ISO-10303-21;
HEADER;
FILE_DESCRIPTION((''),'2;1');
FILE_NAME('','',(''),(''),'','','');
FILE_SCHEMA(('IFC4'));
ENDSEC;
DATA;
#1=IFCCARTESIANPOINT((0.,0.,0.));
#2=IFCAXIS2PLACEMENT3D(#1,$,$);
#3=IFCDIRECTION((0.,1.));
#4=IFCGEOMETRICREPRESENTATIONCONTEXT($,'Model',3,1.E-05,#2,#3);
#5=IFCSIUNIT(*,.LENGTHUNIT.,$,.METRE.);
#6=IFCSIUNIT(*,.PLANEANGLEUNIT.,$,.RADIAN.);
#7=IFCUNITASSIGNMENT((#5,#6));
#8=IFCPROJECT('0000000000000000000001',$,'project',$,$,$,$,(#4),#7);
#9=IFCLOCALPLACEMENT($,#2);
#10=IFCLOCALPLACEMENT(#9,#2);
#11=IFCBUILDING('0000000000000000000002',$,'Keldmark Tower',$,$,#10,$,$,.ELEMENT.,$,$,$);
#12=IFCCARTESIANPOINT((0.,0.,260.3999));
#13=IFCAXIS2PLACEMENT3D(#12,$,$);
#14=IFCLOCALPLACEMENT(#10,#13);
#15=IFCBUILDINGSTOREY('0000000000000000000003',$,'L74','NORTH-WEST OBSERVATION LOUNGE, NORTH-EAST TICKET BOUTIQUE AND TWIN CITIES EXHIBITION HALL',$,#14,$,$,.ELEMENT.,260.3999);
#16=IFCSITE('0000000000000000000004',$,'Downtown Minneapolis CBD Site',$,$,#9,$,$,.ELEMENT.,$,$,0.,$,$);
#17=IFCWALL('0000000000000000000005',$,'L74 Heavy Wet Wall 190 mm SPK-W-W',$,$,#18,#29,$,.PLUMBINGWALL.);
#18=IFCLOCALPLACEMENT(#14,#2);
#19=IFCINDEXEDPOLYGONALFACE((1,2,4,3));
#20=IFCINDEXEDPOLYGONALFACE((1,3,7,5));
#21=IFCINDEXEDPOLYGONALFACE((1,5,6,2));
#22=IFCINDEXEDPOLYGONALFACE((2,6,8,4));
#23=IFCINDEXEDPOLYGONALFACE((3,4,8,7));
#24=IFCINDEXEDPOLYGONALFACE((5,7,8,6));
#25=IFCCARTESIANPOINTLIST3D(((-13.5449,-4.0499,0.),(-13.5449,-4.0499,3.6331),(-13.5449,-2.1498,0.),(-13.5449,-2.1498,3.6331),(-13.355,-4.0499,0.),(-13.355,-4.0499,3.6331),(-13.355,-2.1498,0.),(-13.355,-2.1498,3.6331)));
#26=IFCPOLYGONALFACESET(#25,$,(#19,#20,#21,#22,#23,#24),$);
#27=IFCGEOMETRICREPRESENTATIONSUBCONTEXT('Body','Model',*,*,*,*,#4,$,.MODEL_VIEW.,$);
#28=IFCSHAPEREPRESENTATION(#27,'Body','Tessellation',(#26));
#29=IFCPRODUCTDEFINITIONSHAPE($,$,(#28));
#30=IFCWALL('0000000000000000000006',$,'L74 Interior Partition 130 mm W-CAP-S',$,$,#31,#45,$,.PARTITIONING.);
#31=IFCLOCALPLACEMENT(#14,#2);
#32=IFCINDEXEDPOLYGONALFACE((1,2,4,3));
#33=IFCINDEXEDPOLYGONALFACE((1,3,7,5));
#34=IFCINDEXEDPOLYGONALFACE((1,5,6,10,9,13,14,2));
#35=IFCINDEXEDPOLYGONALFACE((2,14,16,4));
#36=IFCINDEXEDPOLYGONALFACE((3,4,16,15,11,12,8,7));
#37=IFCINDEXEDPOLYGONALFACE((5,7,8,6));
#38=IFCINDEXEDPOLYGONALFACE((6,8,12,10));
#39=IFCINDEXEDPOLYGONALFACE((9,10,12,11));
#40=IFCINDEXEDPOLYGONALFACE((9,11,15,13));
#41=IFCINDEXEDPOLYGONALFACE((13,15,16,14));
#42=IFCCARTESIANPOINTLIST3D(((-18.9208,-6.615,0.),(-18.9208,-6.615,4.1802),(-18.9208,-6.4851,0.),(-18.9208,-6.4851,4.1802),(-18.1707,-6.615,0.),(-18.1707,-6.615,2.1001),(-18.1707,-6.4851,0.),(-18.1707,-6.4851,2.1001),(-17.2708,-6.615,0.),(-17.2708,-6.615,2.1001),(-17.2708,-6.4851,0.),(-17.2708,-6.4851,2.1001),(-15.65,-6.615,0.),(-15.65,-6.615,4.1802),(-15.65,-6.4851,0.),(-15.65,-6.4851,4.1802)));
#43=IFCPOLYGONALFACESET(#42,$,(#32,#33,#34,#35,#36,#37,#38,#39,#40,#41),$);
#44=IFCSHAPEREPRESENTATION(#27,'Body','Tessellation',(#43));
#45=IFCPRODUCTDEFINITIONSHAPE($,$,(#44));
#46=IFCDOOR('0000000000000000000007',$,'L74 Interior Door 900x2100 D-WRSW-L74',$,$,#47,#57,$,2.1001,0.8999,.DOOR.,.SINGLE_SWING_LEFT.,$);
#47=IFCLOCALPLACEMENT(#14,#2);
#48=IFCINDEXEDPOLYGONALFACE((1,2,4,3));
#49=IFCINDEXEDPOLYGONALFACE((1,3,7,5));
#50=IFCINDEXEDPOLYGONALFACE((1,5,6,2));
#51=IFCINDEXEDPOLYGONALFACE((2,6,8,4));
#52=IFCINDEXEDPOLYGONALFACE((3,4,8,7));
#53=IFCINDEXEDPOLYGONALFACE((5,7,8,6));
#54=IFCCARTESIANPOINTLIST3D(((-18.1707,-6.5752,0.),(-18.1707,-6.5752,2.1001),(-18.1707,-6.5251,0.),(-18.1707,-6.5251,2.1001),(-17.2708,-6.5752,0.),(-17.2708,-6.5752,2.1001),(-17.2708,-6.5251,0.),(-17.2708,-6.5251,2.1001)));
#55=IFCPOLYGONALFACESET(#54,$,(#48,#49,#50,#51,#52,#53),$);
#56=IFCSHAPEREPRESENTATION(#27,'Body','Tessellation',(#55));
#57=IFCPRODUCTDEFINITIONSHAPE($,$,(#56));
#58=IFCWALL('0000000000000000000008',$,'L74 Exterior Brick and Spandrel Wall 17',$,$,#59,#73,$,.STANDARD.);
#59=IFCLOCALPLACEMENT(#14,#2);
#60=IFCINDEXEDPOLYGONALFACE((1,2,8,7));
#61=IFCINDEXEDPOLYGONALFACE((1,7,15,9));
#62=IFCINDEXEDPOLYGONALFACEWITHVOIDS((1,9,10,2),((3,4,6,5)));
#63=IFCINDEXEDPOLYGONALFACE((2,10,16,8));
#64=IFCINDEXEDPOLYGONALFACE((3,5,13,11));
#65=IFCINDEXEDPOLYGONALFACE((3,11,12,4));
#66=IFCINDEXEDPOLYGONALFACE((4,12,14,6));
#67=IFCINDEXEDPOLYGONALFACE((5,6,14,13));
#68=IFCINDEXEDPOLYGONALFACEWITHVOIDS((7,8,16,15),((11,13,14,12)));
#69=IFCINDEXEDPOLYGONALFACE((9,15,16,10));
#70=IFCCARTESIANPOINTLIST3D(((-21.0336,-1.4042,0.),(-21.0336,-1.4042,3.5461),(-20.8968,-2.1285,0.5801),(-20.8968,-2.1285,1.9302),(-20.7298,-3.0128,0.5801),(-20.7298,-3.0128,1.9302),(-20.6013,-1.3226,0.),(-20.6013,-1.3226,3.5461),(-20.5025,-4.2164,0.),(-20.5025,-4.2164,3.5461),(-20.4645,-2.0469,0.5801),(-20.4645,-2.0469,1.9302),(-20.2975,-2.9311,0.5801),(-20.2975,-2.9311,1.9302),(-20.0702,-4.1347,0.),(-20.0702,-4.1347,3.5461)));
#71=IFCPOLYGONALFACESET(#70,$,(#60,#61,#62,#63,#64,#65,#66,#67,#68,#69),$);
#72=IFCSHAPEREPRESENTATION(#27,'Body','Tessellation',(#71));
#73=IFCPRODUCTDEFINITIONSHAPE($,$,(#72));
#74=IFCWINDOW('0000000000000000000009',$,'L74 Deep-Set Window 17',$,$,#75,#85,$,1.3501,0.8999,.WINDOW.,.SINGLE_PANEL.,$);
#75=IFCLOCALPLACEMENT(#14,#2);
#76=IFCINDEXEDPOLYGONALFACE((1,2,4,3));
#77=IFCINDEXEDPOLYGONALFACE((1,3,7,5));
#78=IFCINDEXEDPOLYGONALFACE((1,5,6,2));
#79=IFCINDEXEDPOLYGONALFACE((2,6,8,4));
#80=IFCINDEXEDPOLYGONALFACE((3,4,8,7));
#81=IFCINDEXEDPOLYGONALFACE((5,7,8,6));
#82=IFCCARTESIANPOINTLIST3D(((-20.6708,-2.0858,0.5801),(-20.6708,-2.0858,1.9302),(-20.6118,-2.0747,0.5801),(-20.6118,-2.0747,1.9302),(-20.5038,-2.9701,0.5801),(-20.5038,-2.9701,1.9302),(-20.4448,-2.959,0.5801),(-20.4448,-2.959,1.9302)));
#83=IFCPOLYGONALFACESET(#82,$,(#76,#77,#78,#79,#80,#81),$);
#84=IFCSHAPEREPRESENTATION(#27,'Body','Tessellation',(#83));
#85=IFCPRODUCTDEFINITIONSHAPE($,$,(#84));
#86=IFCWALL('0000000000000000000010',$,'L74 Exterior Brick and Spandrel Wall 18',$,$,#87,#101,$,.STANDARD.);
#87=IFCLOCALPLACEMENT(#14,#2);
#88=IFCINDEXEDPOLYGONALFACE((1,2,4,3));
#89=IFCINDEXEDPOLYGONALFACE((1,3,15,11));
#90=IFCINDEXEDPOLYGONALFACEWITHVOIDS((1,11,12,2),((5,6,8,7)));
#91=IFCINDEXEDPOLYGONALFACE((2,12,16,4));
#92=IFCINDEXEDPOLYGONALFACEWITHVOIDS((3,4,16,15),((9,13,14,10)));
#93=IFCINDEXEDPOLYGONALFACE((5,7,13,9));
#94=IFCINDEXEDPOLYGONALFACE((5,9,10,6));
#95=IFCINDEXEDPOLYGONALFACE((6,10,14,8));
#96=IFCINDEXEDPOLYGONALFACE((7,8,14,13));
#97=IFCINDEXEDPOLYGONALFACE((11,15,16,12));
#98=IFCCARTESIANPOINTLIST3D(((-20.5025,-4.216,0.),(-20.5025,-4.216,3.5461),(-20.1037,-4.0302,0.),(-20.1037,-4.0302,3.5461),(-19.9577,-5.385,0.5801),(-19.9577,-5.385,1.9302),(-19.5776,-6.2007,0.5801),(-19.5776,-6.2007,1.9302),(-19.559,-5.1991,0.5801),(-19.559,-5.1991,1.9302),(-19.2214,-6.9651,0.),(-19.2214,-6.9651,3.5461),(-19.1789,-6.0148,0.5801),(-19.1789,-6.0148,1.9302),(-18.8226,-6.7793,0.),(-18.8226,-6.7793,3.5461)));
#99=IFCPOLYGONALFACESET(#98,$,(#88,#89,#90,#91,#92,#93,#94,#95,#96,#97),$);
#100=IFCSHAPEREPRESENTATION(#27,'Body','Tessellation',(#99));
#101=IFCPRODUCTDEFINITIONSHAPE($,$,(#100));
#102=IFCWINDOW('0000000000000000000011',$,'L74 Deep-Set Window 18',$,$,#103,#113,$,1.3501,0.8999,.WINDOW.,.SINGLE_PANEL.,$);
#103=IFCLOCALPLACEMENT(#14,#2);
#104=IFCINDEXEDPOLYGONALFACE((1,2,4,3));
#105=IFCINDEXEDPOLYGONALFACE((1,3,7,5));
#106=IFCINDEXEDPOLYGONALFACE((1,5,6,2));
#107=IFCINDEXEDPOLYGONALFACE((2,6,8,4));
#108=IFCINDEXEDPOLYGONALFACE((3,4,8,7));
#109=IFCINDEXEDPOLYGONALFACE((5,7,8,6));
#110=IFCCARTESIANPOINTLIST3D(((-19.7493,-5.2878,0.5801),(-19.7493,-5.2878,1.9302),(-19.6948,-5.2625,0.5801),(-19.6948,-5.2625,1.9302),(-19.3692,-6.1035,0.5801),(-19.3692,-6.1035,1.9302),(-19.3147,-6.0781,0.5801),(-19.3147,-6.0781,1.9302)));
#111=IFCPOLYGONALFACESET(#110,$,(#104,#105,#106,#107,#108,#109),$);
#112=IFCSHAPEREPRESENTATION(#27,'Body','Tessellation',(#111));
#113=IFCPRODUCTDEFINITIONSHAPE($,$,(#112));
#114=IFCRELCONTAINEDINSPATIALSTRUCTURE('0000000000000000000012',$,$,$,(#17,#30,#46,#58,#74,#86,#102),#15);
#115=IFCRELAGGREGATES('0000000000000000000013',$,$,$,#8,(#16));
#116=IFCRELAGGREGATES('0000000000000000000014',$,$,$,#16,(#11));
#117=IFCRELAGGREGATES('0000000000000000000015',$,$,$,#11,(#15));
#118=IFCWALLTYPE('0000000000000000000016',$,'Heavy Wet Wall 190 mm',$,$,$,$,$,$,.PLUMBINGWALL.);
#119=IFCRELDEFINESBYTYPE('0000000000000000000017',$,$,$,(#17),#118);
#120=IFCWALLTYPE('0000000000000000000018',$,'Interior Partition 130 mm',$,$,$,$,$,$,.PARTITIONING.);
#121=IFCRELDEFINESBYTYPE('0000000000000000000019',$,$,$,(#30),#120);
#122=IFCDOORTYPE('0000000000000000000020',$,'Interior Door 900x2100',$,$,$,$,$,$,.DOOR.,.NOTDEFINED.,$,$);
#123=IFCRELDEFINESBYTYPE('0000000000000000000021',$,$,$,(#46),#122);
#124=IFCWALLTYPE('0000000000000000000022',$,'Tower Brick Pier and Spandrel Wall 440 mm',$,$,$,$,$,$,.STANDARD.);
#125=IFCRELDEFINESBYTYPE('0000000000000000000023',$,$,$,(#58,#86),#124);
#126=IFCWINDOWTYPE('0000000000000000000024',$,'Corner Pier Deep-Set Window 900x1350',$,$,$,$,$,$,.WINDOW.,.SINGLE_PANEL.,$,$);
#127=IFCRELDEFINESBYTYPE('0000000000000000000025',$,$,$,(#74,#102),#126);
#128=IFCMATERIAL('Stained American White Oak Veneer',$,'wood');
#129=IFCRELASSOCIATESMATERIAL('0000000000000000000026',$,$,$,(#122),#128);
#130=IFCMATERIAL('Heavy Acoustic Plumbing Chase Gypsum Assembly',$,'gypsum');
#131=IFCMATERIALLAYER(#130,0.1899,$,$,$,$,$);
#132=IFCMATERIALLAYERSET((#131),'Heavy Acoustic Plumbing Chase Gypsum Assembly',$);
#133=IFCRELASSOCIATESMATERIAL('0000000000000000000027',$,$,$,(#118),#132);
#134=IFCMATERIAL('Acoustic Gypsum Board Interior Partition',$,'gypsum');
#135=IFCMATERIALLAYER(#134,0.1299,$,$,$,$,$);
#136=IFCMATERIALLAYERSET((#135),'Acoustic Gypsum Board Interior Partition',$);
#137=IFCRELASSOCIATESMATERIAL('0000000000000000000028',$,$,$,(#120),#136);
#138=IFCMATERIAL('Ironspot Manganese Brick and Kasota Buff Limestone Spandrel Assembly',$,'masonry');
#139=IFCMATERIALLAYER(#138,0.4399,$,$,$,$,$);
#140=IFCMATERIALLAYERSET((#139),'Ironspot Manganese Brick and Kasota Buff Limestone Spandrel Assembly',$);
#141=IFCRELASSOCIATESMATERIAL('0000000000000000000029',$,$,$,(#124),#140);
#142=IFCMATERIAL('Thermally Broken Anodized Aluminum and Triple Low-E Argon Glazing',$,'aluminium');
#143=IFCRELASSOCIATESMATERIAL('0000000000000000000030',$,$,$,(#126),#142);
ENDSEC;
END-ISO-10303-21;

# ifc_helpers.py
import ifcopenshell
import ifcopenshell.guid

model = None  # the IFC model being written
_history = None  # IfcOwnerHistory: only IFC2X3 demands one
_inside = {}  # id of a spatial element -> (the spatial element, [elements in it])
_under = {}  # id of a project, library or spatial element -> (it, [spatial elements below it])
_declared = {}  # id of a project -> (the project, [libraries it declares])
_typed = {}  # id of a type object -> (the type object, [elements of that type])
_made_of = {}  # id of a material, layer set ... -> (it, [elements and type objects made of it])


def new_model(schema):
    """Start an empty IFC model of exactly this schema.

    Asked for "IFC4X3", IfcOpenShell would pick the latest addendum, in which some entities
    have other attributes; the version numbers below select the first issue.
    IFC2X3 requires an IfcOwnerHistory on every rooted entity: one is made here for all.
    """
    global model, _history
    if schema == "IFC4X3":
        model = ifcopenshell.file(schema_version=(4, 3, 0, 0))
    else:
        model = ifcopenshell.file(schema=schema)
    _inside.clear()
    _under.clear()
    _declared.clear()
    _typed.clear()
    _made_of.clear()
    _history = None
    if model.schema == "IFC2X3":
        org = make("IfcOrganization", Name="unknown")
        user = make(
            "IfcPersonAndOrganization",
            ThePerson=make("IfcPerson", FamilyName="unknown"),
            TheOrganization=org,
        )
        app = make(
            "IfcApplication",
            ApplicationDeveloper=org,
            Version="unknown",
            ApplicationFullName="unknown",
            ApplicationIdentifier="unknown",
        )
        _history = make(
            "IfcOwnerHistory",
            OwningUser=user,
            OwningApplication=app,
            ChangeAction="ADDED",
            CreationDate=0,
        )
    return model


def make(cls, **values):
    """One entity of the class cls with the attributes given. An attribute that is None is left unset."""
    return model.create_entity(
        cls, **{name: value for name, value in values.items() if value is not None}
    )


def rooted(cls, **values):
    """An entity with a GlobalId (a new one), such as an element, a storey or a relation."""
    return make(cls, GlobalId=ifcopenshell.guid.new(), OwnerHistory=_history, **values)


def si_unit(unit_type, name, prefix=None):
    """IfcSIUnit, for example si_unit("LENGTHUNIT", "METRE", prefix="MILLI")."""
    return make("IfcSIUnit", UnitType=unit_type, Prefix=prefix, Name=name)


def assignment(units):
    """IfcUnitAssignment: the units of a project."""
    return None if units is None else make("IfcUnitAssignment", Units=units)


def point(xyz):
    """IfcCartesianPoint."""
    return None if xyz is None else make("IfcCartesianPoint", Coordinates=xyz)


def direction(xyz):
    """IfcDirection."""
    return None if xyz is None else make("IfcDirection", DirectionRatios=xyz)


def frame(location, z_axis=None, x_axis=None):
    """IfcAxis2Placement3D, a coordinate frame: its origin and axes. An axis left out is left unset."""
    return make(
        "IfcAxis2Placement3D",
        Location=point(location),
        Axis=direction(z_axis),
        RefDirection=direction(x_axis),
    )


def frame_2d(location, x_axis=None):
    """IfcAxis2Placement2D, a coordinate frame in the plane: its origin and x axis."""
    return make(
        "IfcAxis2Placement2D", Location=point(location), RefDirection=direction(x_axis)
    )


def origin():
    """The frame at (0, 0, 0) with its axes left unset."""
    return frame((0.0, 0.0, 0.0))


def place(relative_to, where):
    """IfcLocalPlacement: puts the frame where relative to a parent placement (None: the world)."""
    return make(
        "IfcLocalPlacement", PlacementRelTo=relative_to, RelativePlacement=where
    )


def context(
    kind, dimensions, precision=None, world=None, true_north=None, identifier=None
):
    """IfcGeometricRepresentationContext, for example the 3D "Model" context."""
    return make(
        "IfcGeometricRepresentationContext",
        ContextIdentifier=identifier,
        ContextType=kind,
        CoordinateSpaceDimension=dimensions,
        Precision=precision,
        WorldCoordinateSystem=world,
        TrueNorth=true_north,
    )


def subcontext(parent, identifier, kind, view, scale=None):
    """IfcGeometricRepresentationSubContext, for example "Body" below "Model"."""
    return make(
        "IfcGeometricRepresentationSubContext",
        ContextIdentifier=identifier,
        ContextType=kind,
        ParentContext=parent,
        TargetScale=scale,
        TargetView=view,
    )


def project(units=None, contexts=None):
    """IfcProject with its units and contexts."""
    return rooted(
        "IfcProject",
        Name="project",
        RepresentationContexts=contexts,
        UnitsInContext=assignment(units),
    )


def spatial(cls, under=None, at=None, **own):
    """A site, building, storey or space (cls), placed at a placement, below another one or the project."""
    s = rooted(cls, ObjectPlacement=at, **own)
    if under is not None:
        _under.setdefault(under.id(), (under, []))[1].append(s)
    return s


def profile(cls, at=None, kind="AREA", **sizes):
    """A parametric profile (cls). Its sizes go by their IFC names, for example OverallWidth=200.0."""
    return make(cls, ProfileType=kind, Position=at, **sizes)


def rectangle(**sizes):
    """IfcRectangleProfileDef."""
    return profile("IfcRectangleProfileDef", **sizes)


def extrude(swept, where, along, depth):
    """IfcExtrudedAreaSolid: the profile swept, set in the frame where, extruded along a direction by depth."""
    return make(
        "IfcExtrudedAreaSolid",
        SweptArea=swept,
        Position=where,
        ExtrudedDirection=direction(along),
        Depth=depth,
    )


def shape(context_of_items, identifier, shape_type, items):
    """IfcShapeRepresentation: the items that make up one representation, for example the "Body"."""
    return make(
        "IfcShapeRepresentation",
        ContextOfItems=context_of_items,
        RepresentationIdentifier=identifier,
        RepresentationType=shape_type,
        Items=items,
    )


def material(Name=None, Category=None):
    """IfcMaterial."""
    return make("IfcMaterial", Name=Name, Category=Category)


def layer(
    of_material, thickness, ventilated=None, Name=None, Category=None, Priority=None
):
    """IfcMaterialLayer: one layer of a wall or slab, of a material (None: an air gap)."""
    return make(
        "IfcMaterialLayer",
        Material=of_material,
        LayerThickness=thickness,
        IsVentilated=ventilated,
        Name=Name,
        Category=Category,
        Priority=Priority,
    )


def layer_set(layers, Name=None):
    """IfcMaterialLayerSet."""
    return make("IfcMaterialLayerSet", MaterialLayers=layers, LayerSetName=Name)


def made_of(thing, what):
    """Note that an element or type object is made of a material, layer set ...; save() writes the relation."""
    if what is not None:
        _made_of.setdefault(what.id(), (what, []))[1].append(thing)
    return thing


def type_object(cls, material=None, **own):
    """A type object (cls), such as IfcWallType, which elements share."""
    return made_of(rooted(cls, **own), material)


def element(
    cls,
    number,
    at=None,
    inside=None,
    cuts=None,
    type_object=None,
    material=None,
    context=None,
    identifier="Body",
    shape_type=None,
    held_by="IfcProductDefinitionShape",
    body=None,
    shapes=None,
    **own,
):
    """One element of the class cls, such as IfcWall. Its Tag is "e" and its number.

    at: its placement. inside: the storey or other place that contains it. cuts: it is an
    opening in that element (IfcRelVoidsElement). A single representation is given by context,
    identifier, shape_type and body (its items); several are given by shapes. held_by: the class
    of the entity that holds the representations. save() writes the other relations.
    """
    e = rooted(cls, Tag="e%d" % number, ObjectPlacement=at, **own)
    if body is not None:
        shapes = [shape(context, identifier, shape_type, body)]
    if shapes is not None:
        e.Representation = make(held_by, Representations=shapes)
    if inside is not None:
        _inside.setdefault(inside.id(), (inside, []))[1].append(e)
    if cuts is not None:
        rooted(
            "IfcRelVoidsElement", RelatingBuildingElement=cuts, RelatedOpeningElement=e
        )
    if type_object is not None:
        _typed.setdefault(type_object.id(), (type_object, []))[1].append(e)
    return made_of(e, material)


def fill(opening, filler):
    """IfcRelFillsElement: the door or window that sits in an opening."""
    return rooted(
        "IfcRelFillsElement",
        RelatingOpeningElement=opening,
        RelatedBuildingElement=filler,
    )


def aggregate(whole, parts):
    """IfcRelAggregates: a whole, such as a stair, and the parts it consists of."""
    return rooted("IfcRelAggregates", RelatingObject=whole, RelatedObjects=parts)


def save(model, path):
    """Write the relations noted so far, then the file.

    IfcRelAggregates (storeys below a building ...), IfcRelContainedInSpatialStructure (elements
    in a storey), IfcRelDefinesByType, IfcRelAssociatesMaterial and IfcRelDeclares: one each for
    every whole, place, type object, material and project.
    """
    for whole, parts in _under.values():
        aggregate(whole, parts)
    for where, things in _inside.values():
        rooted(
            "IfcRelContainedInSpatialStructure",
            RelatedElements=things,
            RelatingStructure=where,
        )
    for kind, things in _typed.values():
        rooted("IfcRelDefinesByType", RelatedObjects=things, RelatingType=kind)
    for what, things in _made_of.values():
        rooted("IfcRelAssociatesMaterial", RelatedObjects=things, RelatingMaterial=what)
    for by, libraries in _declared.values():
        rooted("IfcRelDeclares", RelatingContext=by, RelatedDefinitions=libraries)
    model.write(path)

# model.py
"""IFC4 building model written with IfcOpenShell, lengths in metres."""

from ifc_helpers import new_model, si_unit, direction, frame, frame_2d, origin, place, context, subcontext, project, spatial, rectangle, extrude, material, layer, layer_set, type_object, element, fill, save


model = new_model("IFC4")

# Units and contexts
model_context = context("Model", 3, precision=1e-05, world=origin(), true_north=direction((0.0, 1.0)))
body_context = subcontext(model_context, "Body", "Model", "MODEL_VIEW")
ifc_project = project(units=[si_unit("LENGTHUNIT", "METRE"), si_unit("PLANEANGLEUNIT", "RADIAN")], contexts=[model_context])

# Site, building, storey
site_placement = place(None, origin())
site = spatial("IfcSite", under=ifc_project, at=site_placement, Name="Downtown Minneapolis CBD Site", CompositionType="ELEMENT", RefElevation=0.0)
building_placement = place(site_placement, origin())
building = spatial("IfcBuilding", under=site, at=building_placement, Name="Keldmark Tower", CompositionType="ELEMENT")
storey_placement = place(building_placement, frame((0.0, 0.0, 260.3999)))
storey = spatial("IfcBuildingStorey", under=building, at=storey_placement, Name="L74", Description="NORTH-WEST OBSERVATION LOUNGE, NORTH-EAST TICKET BOUTIQUE AND TWIN CITIES EXHIBITION HALL", CompositionType="ELEMENT", Elevation=260.3999)

# Shared definitions
ifc_material_1 = material(Name="Stained American White Oak Veneer", Category="wood")
door_type_1 = type_object("IfcDoorType", Name="Interior Door 900x2100", OperationType="NOTDEFINED", PredefinedType="DOOR", material=ifc_material_1)
ifc_material_2 = material(Name="Heavy Acoustic Plumbing Chase Gypsum Assembly", Category="gypsum")
ifc_layer_1 = layer(ifc_material_2, 0.1899)
ifc_layer_set_1 = layer_set([ifc_layer_1], Name="Heavy Acoustic Plumbing Chase Gypsum Assembly")
wall_type_1 = type_object("IfcWallType", Name="Heavy Wet Wall 190 mm", PredefinedType="PLUMBINGWALL", material=ifc_layer_set_1)

# Wall
wall_1_placement = place(storey_placement, frame((-13.45, -4.05, 0.0), z_axis=(0.0, 0.0, 1.0), x_axis=(0.0, 1.0, 0.0)))
element("IfcWall", 1, at=wall_1_placement, inside=storey, type_object=wall_type_1, Name="L74 Heavy Wet Wall 190 mm SPK-W-W", PredefinedType="PLUMBINGWALL", context=body_context, shape_type="SweptSolid", body=[
    extrude(rectangle(XDim=1.9001, YDim=0.1899, at=frame_2d((0.9502, 0.0))), origin(), (0.0, 0.0, 1.0), 3.6331),
])

# Wall, opening, door
ifc_material_3 = material(Name="Acoustic Gypsum Board Interior Partition", Category="gypsum")
ifc_layer_2 = layer(ifc_material_3, 0.1299)
ifc_layer_set_2 = layer_set([ifc_layer_2], Name="Acoustic Gypsum Board Interior Partition")
wall_type_2 = type_object("IfcWallType", Name="Interior Partition 130 mm", PredefinedType="PARTITIONING", material=ifc_layer_set_2)
wall_2_placement = place(storey_placement, frame((-18.9207, -6.55, 0.0), z_axis=(0.0, 0.0, 1.0), x_axis=(1.0, 0.0, 0.0)))
wall_2 = element("IfcWall", 2, at=wall_2_placement, inside=storey, type_object=wall_type_2, Name="L74 Interior Partition 130 mm W-CAP-S", PredefinedType="PARTITIONING", context=body_context, shape_type="SweptSolid", body=[
    extrude(rectangle(XDim=3.2708, YDim=0.1299, at=frame_2d((1.6353, 0.0))), origin(), (0.0, 0.0, 1.0), 4.1802),
])
opening_1_placement = place(wall_2_placement, frame((0.75, 0.0, 0.0)))
opening_1 = element("IfcOpeningElement", 3, at=opening_1_placement, cuts=wall_2, PredefinedType="OPENING", context=body_context, shape_type="SweptSolid", body=[
    extrude(rectangle(XDim=0.8999, YDim=2.1001, at=frame_2d((0.45, 1.05))), frame((0.0, 0.075, 0.0), z_axis=(0.0, -1.0, 0.0), x_axis=(1.0, 0.0, 0.0)), (0.0, 0.0, 1.0), 0.1499),
])
door_1_placement = place(opening_1_placement, origin())
door_1 = element("IfcDoor", 4, at=door_1_placement, inside=storey, type_object=door_type_1, Name="L74 Interior Door 900x2100 D-WRSW-L74", OperationType="SINGLE_SWING_LEFT", OverallHeight=2.1001, OverallWidth=0.8999, PredefinedType="DOOR", context=body_context, shape_type="SweptSolid", body=[
    extrude(rectangle(XDim=0.8999, YDim=2.1001, at=frame_2d((0.45, 1.05))), frame((0.0, 0.0249, 0.0), z_axis=(0.0, -1.0, 0.0), x_axis=(1.0, 0.0, 0.0)), (0.0, 0.0, 1.0), 0.05),
])
fill(opening_1, door_1)

# Walls, openings, windows
ifc_material_4 = material(Name="Ironspot Manganese Brick and Kasota Buff Limestone Spandrel Assembly", Category="masonry")
ifc_layer_3 = layer(ifc_material_4, 0.4399)
ifc_layer_set_3 = layer_set([ifc_layer_3], Name="Ironspot Manganese Brick and Kasota Buff Limestone Spandrel Assembly")
wall_type_3 = type_object("IfcWallType", Name="Tower Brick Pier and Spandrel Wall 440 mm", PredefinedType="STANDARD", material=ifc_layer_set_3)
wall_3_placement = place(storey_placement, frame((-20.2864, -4.1755, 0.0), z_axis=(0.0, 0.0, 1.0), x_axis=(-0.185556, 0.982634, 0.0)))
wall_3 = element("IfcWall", 5, at=wall_3_placement, inside=storey, type_object=wall_type_3, Name="L74 Exterior Brick and Spandrel Wall 17", PredefinedType="STANDARD", context=body_context, shape_type="SweptSolid", body=[
    extrude(rectangle(XDim=2.8618, YDim=0.4399, at=frame_2d((1.4309, 0.0))), origin(), (0.0, 0.0, 1.0), 3.5461),
])
opening_2_placement = place(wall_3_placement, frame((1.2249, 0.0, 0.5801)))
opening_2 = element("IfcOpeningElement", 6, at=opening_2_placement, cuts=wall_3, PredefinedType="OPENING", context=body_context, shape_type="SweptSolid", body=[
    extrude(rectangle(XDim=0.8999, YDim=1.3501, at=frame_2d((0.45, 0.675))), frame((0.0, 0.23, 0.0), z_axis=(0.0, -1.0, 0.0), x_axis=(1.0, 0.0, 0.0)), (0.0, 0.0, 1.0), 0.46),
])
ifc_material_5 = material(Name="Thermally Broken Anodized Aluminum and Triple Low-E Argon Glazing", Category="aluminium")
window_type = type_object("IfcWindowType", Name="Corner Pier Deep-Set Window 900x1350", PartitioningType="SINGLE_PANEL", PredefinedType="WINDOW", material=ifc_material_5)
window_1_placement = place(opening_2_placement, origin())
window_1 = element("IfcWindow", 7, at=window_1_placement, inside=storey, type_object=window_type, Name="L74 Deep-Set Window 17", OverallHeight=1.3501, OverallWidth=0.8999, PartitioningType="SINGLE_PANEL", PredefinedType="WINDOW", context=body_context, shape_type="SweptSolid", body=[
    extrude(rectangle(XDim=0.8999, YDim=1.3501, at=frame_2d((0.45, 0.675))), frame((0.0, -0.01, 0.0), z_axis=(0.0, -1.0, 0.0), x_axis=(1.0, 0.0, 0.0)), (0.0, 0.0, 1.0), 0.0601),
])
fill(opening_2, window_1)
wall_4_placement = place(storey_placement, frame((-19.022, -6.8723, 0.0), z_axis=(0.0, 0.0, 1.0), x_axis=(-0.422379, 0.90642, 0.0)))
wall_4 = element("IfcWall", 8, at=wall_4_placement, inside=storey, type_object=wall_type_3, Name="L74 Exterior Brick and Spandrel Wall 18", PredefinedType="STANDARD", context=body_context, shape_type="SweptSolid", body=[
    extrude(rectangle(XDim=3.033, YDim=0.4399, at=frame_2d((1.5166, 0.0))), origin(), (0.0, 0.0, 1.0), 3.5461),
])
opening_3_placement = place(wall_4_placement, frame((0.8435, 0.0, 0.5801)))
opening_3 = element("IfcOpeningElement", 9, at=opening_3_placement, cuts=wall_4, PredefinedType="OPENING", context=body_context, shape_type="SweptSolid", body=[
    extrude(rectangle(XDim=0.8999, YDim=1.3501, at=frame_2d((0.45, 0.675))), frame((0.0, 0.23, 0.0), z_axis=(0.0, -1.0, 0.0), x_axis=(1.0, 0.0, 0.0)), (0.0, 0.0, 1.0), 0.46),
])
window_2_placement = place(opening_3_placement, origin())
window_2 = element("IfcWindow", 10, at=window_2_placement, inside=storey, type_object=window_type, Name="L74 Deep-Set Window 18", OverallHeight=1.3501, OverallWidth=0.8999, PartitioningType="SINGLE_PANEL", PredefinedType="WINDOW", context=body_context, shape_type="SweptSolid", body=[
    extrude(rectangle(XDim=0.8999, YDim=1.3501, at=frame_2d((0.45, 0.675))), frame((0.0, -0.01, 0.0), z_axis=(0.0, -1.0, 0.0), x_axis=(1.0, 0.0, 0.0)), (0.0, 0.0, 1.0), 0.0601),
])
fill(opening_3, window_2)

save(model, "model.ifc")
